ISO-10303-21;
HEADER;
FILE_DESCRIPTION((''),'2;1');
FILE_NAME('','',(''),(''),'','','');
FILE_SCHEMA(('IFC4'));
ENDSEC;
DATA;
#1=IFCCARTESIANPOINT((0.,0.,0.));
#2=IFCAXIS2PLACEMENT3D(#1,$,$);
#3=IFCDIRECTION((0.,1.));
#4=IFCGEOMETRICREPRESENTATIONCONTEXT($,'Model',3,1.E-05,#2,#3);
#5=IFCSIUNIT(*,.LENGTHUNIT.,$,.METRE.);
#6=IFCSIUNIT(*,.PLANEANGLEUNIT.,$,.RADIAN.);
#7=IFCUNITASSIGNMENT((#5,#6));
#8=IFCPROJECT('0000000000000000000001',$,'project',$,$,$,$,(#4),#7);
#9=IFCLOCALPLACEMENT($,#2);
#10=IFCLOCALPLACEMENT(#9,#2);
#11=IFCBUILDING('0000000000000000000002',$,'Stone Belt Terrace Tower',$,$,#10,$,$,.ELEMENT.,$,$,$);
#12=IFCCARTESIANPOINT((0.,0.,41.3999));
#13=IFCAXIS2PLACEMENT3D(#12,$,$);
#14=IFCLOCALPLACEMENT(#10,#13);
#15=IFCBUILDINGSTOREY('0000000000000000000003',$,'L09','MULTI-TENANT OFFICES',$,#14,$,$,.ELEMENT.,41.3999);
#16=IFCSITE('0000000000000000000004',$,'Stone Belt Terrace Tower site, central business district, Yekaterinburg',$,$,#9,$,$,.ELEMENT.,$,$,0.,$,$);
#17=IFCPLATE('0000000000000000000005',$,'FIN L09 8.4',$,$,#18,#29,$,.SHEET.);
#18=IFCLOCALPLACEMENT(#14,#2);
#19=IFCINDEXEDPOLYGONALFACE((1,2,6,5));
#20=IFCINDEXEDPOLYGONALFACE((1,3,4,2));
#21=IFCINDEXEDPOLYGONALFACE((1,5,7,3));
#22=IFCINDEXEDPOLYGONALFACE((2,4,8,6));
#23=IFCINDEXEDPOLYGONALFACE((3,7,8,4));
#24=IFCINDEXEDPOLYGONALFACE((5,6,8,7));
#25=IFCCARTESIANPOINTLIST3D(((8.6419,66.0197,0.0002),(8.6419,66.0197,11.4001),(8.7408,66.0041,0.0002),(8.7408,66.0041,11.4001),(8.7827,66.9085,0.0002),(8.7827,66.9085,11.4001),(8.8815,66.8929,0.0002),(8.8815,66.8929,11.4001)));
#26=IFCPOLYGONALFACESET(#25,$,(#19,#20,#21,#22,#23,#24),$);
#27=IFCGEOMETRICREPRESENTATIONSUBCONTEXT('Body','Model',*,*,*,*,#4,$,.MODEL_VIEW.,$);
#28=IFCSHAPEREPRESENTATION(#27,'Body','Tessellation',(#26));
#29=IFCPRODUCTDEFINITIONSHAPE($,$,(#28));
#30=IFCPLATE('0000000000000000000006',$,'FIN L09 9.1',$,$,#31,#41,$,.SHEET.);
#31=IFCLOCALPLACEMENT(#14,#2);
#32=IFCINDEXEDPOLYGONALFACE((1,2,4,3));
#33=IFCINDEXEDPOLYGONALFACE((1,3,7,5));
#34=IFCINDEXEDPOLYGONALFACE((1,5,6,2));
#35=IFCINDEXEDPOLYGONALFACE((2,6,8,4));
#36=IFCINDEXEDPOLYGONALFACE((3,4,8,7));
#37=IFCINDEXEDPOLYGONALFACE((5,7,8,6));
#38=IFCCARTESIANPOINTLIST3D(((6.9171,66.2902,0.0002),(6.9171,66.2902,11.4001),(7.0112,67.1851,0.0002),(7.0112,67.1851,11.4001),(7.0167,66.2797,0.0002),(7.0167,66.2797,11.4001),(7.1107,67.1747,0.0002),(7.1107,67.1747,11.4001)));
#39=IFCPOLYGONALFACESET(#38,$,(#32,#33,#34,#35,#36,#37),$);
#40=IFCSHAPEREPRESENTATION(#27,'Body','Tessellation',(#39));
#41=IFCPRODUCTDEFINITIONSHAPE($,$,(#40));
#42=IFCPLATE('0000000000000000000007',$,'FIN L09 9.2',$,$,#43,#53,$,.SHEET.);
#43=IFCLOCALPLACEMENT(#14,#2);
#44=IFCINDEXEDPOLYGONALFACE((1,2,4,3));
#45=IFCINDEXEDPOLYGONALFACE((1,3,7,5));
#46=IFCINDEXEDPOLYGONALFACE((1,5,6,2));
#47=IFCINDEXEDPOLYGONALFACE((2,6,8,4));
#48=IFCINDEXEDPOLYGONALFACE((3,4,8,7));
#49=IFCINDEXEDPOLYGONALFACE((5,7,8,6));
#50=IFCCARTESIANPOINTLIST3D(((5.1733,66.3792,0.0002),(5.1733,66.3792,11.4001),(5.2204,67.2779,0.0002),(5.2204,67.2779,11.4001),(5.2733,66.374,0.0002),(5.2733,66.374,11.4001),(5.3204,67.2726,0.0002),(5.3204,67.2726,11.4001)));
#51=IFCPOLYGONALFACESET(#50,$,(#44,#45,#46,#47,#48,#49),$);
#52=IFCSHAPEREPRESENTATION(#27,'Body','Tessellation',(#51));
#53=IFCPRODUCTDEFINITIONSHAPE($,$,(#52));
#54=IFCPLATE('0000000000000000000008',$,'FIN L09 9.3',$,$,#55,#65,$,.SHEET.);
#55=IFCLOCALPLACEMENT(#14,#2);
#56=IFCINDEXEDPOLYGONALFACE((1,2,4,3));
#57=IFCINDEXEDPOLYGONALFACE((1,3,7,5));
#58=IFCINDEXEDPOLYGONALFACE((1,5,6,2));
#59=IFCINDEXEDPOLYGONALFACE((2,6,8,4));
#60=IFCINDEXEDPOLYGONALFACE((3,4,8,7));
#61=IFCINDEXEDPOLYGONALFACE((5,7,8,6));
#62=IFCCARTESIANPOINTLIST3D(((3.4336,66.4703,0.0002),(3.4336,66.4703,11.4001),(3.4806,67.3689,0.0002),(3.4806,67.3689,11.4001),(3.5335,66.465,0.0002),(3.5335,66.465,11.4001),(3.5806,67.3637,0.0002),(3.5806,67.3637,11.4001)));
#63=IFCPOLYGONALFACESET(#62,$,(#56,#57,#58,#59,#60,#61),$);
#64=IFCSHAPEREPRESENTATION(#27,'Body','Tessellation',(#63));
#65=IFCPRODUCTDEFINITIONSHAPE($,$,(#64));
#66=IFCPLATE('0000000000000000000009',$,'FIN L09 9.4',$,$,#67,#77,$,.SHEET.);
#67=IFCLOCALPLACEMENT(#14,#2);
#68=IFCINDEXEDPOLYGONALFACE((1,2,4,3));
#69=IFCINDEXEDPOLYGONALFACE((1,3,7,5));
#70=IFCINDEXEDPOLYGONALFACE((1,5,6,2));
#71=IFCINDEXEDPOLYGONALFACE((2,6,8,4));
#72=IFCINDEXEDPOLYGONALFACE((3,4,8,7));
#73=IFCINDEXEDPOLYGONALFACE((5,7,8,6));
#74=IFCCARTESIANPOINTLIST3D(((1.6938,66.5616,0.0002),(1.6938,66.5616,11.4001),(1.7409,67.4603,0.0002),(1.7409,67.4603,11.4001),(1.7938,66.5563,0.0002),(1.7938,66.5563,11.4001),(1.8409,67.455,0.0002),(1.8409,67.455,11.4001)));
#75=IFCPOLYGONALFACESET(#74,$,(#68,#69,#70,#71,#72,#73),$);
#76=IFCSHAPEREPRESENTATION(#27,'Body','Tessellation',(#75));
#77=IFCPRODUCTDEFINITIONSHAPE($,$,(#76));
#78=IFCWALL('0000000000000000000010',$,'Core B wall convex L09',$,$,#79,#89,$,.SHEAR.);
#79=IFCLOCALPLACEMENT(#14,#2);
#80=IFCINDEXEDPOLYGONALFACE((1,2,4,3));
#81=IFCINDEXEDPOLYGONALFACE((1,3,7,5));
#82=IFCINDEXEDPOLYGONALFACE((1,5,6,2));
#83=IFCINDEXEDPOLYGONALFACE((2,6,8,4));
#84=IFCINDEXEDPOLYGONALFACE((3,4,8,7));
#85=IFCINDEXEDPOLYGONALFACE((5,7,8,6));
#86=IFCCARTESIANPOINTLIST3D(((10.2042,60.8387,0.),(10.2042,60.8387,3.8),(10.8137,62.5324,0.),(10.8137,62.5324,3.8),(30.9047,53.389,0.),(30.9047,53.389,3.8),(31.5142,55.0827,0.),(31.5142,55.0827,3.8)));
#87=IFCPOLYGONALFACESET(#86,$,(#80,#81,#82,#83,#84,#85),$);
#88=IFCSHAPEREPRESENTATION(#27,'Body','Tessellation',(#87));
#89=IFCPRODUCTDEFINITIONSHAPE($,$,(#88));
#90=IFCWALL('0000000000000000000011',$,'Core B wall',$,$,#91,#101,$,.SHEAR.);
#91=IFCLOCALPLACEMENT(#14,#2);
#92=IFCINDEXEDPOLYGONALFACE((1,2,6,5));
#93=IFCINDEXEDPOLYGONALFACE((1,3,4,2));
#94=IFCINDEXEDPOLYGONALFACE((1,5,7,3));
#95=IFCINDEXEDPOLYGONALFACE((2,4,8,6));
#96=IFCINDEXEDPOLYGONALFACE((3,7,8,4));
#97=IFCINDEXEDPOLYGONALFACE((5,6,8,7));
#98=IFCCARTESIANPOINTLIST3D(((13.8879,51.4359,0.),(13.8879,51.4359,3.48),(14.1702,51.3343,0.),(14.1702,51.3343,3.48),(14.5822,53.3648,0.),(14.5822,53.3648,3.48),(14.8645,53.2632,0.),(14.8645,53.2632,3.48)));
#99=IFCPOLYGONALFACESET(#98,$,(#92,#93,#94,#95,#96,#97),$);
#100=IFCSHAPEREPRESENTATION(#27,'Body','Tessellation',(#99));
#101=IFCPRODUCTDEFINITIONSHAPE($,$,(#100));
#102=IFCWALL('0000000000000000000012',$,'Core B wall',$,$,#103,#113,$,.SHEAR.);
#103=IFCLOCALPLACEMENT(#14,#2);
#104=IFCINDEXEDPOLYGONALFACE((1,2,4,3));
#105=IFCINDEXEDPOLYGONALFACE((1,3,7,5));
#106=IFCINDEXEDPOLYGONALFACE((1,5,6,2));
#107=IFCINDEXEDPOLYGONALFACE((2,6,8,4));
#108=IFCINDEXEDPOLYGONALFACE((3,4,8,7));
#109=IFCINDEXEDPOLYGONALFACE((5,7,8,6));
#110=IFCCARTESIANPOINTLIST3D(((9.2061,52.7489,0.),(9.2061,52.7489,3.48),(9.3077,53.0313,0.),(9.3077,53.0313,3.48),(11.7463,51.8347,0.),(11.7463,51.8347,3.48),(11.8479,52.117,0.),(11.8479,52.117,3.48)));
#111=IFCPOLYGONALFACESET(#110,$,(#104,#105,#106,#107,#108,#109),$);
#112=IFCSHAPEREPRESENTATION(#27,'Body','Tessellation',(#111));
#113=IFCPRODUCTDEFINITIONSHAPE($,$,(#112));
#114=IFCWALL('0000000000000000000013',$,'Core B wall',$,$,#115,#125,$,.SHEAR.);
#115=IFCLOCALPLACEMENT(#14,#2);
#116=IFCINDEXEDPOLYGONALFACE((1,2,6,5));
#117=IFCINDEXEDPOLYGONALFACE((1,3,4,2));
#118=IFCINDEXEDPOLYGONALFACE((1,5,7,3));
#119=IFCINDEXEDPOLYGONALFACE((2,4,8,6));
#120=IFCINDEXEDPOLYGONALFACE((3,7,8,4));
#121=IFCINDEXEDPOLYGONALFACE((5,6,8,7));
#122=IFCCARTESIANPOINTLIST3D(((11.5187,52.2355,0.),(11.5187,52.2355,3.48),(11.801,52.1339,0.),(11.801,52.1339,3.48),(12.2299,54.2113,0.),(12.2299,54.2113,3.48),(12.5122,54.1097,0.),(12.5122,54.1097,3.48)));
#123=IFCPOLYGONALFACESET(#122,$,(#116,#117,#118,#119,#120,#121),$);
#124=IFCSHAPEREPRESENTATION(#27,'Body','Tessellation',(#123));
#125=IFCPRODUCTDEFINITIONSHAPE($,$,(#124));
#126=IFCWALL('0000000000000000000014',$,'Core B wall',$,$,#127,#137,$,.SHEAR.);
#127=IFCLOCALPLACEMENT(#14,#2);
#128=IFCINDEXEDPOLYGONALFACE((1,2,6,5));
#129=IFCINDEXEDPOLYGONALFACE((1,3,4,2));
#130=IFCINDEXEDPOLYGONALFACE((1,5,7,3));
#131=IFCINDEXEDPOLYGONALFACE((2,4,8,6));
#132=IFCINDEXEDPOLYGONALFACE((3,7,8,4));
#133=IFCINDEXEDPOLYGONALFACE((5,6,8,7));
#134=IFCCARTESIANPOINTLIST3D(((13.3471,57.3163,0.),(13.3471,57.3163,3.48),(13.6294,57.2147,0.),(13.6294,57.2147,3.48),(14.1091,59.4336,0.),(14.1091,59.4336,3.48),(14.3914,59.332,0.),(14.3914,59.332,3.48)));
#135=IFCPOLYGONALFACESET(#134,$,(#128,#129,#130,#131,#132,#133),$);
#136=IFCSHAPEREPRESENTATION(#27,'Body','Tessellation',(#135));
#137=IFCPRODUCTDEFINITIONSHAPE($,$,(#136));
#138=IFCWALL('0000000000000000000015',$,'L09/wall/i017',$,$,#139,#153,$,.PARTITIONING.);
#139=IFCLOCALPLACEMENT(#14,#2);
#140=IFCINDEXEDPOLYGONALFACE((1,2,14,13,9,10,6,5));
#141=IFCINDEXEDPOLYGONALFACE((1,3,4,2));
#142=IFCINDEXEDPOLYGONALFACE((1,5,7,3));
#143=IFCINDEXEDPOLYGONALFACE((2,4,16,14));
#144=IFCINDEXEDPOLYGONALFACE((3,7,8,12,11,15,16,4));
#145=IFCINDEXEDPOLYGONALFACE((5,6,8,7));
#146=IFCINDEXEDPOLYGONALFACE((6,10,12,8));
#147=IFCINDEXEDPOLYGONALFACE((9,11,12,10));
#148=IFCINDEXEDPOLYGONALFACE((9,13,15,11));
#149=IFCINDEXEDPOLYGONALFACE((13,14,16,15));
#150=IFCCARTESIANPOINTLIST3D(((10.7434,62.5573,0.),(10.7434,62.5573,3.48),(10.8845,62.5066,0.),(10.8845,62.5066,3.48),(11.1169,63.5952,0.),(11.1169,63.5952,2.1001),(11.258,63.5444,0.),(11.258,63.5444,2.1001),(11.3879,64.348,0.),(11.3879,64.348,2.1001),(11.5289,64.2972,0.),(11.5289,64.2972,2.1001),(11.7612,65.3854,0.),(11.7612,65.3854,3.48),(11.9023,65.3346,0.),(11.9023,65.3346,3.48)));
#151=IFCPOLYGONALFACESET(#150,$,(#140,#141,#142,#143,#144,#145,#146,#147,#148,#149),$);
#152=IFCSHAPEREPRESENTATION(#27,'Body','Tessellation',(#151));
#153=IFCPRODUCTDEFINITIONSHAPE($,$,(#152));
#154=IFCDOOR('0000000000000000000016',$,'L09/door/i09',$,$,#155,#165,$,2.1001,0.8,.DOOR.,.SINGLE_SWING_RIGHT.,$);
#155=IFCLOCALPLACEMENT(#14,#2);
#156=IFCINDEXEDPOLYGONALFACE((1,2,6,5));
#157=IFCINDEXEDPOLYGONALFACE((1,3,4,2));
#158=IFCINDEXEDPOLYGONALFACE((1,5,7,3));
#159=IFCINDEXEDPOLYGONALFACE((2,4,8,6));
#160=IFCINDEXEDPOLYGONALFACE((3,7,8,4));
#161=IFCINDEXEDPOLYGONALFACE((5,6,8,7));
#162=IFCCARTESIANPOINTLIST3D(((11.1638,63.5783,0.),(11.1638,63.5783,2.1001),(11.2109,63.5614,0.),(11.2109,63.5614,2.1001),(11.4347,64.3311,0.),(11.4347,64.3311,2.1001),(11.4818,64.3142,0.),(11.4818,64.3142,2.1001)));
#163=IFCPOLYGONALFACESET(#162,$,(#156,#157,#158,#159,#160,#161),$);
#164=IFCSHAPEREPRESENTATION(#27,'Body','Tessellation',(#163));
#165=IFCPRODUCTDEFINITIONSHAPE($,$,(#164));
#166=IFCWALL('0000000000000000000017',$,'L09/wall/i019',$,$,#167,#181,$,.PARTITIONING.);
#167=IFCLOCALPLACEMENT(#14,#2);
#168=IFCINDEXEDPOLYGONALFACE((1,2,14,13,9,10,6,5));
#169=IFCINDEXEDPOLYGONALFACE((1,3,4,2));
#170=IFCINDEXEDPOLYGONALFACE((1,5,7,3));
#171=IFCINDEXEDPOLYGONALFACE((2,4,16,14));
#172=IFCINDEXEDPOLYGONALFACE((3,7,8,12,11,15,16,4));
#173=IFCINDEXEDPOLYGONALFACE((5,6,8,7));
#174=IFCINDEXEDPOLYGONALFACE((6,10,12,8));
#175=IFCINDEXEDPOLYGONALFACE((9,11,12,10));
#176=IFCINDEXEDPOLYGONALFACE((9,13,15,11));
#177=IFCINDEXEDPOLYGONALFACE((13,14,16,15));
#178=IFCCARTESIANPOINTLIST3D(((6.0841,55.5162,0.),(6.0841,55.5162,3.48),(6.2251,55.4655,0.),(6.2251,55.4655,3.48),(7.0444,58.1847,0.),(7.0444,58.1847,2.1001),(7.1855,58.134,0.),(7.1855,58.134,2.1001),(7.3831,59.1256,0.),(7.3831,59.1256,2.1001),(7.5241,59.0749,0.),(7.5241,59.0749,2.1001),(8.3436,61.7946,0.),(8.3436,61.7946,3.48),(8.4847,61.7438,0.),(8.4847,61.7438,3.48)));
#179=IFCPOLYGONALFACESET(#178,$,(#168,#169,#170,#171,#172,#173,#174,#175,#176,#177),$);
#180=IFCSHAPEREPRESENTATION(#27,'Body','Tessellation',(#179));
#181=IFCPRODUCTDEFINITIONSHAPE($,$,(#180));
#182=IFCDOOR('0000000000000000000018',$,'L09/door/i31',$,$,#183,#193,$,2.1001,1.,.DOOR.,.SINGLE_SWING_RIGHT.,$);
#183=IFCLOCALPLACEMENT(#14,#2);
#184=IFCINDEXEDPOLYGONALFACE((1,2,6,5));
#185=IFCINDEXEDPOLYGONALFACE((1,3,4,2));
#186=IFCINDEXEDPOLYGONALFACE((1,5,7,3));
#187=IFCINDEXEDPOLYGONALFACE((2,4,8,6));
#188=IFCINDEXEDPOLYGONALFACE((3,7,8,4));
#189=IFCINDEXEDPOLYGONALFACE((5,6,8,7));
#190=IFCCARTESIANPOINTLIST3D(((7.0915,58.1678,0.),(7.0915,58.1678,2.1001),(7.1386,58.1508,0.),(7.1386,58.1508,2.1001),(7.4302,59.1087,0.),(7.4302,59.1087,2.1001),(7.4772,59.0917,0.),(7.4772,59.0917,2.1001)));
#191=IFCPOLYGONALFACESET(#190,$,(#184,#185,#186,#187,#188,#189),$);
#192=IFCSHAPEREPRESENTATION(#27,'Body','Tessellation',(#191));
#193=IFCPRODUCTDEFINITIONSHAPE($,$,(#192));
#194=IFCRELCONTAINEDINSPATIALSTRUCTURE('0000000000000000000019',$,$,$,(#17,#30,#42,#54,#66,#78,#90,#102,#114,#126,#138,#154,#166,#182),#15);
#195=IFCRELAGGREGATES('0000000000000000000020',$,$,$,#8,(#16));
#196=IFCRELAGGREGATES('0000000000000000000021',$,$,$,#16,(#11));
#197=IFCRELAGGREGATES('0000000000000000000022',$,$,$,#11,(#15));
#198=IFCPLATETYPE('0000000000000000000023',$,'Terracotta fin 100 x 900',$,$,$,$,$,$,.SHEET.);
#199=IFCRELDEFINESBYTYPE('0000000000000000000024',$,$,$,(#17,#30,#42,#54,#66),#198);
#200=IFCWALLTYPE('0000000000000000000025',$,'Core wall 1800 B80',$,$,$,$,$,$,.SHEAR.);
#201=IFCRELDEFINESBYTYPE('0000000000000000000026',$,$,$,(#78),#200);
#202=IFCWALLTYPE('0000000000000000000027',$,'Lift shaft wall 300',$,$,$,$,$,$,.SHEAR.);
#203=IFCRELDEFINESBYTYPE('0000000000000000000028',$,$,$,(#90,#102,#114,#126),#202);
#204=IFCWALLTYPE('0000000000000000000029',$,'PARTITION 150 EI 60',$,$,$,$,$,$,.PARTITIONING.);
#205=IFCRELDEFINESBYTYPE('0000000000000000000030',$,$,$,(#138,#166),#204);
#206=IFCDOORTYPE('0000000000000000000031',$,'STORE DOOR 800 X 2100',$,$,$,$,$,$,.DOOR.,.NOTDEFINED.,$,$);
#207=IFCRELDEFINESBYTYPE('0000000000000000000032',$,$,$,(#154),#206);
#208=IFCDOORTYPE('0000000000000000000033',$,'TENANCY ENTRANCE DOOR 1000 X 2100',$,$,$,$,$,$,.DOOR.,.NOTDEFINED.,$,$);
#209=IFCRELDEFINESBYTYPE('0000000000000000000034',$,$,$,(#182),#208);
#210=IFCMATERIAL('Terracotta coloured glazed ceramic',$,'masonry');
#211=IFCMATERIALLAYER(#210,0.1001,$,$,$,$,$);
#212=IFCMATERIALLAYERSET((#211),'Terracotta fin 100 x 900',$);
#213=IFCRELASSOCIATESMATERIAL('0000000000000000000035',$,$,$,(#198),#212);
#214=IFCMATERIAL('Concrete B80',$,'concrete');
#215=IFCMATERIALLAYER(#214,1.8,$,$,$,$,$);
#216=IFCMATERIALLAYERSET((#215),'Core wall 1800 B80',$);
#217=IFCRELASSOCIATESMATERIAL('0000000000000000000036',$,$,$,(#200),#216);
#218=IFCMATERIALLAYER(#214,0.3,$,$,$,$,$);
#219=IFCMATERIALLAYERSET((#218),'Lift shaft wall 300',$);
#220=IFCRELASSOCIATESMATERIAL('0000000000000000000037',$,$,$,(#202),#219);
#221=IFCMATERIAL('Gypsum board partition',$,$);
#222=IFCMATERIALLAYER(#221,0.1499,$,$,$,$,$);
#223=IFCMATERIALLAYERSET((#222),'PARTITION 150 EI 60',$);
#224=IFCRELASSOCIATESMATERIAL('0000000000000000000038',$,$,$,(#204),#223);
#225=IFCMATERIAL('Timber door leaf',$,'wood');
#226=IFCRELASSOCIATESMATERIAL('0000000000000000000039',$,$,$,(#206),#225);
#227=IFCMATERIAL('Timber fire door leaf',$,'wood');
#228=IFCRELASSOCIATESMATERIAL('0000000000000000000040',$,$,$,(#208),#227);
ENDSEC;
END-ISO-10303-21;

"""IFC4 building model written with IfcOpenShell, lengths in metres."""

from ifc_helpers import new_model, si_unit, direction, frame, frame_2d, origin, origin_2d, place, context, subcontext, project, spatial, rectangle, extrude, material, layer, layer_set, type_object, element, fill, save


model = new_model("IFC4")

# Units and contexts
model_context = context("Model", 3, precision=1e-05, world=origin(), true_north=direction((0.0, 1.0)))
body_context = subcontext(model_context, "Body", "Model", "MODEL_VIEW")
ifc_project = project(units=[si_unit("LENGTHUNIT", "METRE"), si_unit("PLANEANGLEUNIT", "RADIAN")], contexts=[model_context])

# Site, building, storey
site_placement = place(None, origin())
site = spatial("IfcSite", under=ifc_project, at=site_placement, Name="Stone Belt Terrace Tower site, central business district, Yekaterinburg", CompositionType="ELEMENT", RefElevation=0.0)
building_placement = place(site_placement, origin())
building = spatial("IfcBuilding", under=site, at=building_placement, Name="Stone Belt Terrace Tower", CompositionType="ELEMENT")
storey_placement = place(building_placement, frame((0.0, 0.0, 41.3999)))
storey = spatial("IfcBuildingStorey", under=building, at=storey_placement, Name="L09", Description="MULTI-TENANT OFFICES", CompositionType="ELEMENT", Elevation=41.3999)

# Shared definitions
ifc_material_1 = material(Name="Concrete B80", Category="concrete")

# Plates
ifc_material_2 = material(Name="Terracotta coloured glazed ceramic", Category="masonry")
ifc_layer_1 = layer(ifc_material_2, 0.1001)
ifc_layer_set_1 = layer_set([ifc_layer_1], Name="Terracotta fin 100 x 900")
plate_type_1 = type_object("IfcPlateType", Name="Terracotta fin 100 x 900", PredefinedType="SHEET", material=ifc_layer_set_1)
for number, where, z_axis, x_axis, name in (
    (1, (8.7617, 66.4563, 0.0002), (0.0, 0.0, 1.0), (0.156434, 0.987688, 0.0), "FIN L09 8.4"),
    (2, (7.0139, 66.7324, 0.0002), (0.0, 0.0, 1.0), (0.104528, 0.994522, 0.0), "FIN L09 9.1"),
    (3, (5.2468, 66.8259, 0.0002), (0.0, 0.0, 1.0), (0.052336, 0.99863, 0.0), "FIN L09 9.2"),
    (4, (3.5071, 66.917, 0.0002), (0.0, 0.0, 1.0), (0.052336, 0.99863, 0.0), "FIN L09 9.3"),
    (5, (1.7673, 67.0083, 0.0002), (0.0, 0.0, 1.0), (0.052336, 0.99863, 0.0), "FIN L09 9.4"),
):
    element("IfcPlate", number, at=place(storey_placement, frame(where, z_axis=z_axis, x_axis=x_axis)), inside=storey, type_object=plate_type_1, Name=name, PredefinedType="SHEET", context=body_context, shape_type="SweptSolid", body=[
        extrude(rectangle(XDim=0.8999, YDim=0.1001, at=origin_2d()), origin(), (0.0, 0.0, 1.0), 11.3999),
    ])

# Walls
ifc_layer_2 = layer(ifc_material_1, 1.8)
ifc_layer_set_2 = layer_set([ifc_layer_2], Name="Core wall 1800 B80")
wall_type_1 = type_object("IfcWallType", Name="Core wall 1800 B80", PredefinedType="SHEAR", material=ifc_layer_set_2)
wall_1_placement = place(storey_placement, frame((10.509, 61.6855, 0.0), z_axis=(0.0, 0.0, 1.0), x_axis=(0.940923, -0.338621, 0.0)))
element("IfcWall", 6, at=wall_1_placement, inside=storey, type_object=wall_type_1, Name="Core B wall convex L09", PredefinedType="SHEAR", context=body_context, shape_type="SweptSolid", body=[
    extrude(rectangle(XDim=22.0002, YDim=1.8, at=frame_2d((11.0, 0.0))), origin(), (0.0, 0.0, 1.0), 3.8),
])
ifc_layer_3 = layer(ifc_material_1, 0.3)
ifc_layer_set_3 = layer_set([ifc_layer_3], Name="Lift shaft wall 300")
wall_type_2 = type_object("IfcWallType", Name="Lift shaft wall 300", PredefinedType="SHEAR", material=ifc_layer_set_3)
wall_2_placement = place(storey_placement, frame((14.0291, 51.3853, 0.0), z_axis=(0.0, 0.0, 1.0), x_axis=(0.338682, 0.940901, 0.0)))
element("IfcWall", 7, at=wall_2_placement, inside=storey, type_object=wall_type_2, Name="Core B wall", PredefinedType="SHEAR", context=body_context, shape_type="SweptSolid", body=[
    extrude(rectangle(XDim=2.05, YDim=0.3, at=frame_2d((1.0249, 0.0))), origin(), (0.0, 0.0, 1.0), 3.48),
])
wall_3_placement = place(storey_placement, frame((11.7971, 51.9758, 0.0), z_axis=(0.0, 0.0, 1.0), x_axis=(-0.94091, 0.338655, 0.0)))
element("IfcWall", 8, at=wall_3_placement, inside=storey, type_object=wall_type_2, Name="Core B wall", PredefinedType="SHEAR", context=body_context, shape_type="SweptSolid", body=[
    extrude(rectangle(XDim=2.6997, YDim=0.3, at=frame_2d((1.3499, 0.0))), origin(), (0.0, 0.0, 1.0), 3.48),
])
wall_4_placement = place(storey_placement, frame((11.6599, 52.1848, 0.0), z_axis=(0.0, 0.0, 1.0), x_axis=(0.33867, 0.940905, 0.0)))
element("IfcWall", 9, at=wall_4_placement, inside=storey, type_object=wall_type_2, Name="Core B wall", PredefinedType="SHEAR", context=body_context, shape_type="SweptSolid", body=[
    extrude(rectangle(XDim=2.0999, YDim=0.3, at=frame_2d((1.0498, 0.0))), origin(), (0.0, 0.0, 1.0), 3.48),
])
wall_5_placement = place(storey_placement, frame((13.4883, 57.2656, 0.0), z_axis=(0.0, 0.0, 1.0), x_axis=(0.338631, 0.940919, 0.0)))
element("IfcWall", 10, at=wall_5_placement, inside=storey, type_object=wall_type_2, Name="Core B wall", PredefinedType="SHEAR", context=body_context, shape_type="SweptSolid", body=[
    extrude(rectangle(XDim=2.2502, YDim=0.3, at=frame_2d((1.125, 0.0))), origin(), (0.0, 0.0, 1.0), 3.48),
])

# Walls, openings, doors
ifc_material_3 = material(Name="Gypsum board partition")
ifc_layer_4 = layer(ifc_material_3, 0.1499)
ifc_layer_set_4 = layer_set([ifc_layer_4], Name="PARTITION 150 EI 60")
wall_type_3 = type_object("IfcWallType", Name="PARTITION 150 EI 60", PredefinedType="PARTITIONING", material=ifc_layer_set_4)
wall_6_placement = place(storey_placement, frame((11.8318, 65.3601, 0.0), z_axis=(0.0, 0.0, 1.0), x_axis=(-0.33863, -0.94092, 0.0)))
wall_6 = element("IfcWall", 11, at=wall_6_placement, inside=storey, type_object=wall_type_3, Name="L09/wall/i017", PredefinedType="PARTITIONING", context=body_context, shape_type="SweptSolid", body=[
    extrude(rectangle(XDim=3.0056, YDim=0.1499, at=frame_2d((1.5029, 0.0))), origin(), (0.0, 0.0, 1.0), 3.48),
])
opening_1_placement = place(wall_6_placement, frame((1.1028, 0.0, 0.0)))
opening_1 = element("IfcOpeningElement", 12, at=opening_1_placement, cuts=wall_6, PredefinedType="OPENING", context=body_context, shape_type="SweptSolid", body=[
    extrude(rectangle(XDim=0.8, YDim=2.1001, at=frame_2d((0.3999, 1.05))), frame((0.0, 0.085, 0.0), z_axis=(0.0, -1.0, 0.0), x_axis=(1.0, 0.0, 0.0)), (0.0, 0.0, 1.0), 0.1699),
])
ifc_material_4 = material(Name="Timber door leaf", Category="wood")
door_type_1 = type_object("IfcDoorType", Name="STORE DOOR 800 X 2100", OperationType="NOTDEFINED", PredefinedType="DOOR", material=ifc_material_4)
door_1_placement = place(opening_1_placement, origin())
door_1 = element("IfcDoor", 13, at=door_1_placement, inside=storey, type_object=door_type_1, Name="L09/door/i09", OperationType="SINGLE_SWING_RIGHT", OverallHeight=2.1001, OverallWidth=0.8, PredefinedType="DOOR", context=body_context, shape_type="SweptSolid", body=[
    extrude(rectangle(XDim=0.8, YDim=2.1001, at=frame_2d((0.3999, 1.05))), frame((0.0, 0.0249, 0.0), z_axis=(0.0, -1.0, 0.0), x_axis=(1.0, 0.0, 0.0)), (0.0, 0.0, 1.0), 0.05),
])
fill(opening_1, door_1)
wall_7_placement = place(storey_placement, frame((6.1545, 55.4907, 0.0), z_axis=(0.0, 0.0, 1.0), x_axis=(0.33863, 0.94092, 0.0)))
wall_7 = element("IfcWall", 14, at=wall_7_placement, inside=storey, type_object=wall_type_3, Name="L09/wall/i019", PredefinedType="PARTITIONING", context=body_context, shape_type="SweptSolid", body=[
    extrude(rectangle(XDim=6.6726, YDim=0.1499, at=frame_2d((3.3364, 0.0))), origin(), (0.0, 0.0, 1.0), 3.48),
])
opening_2_placement = place(wall_7_placement, frame((2.8362, 0.0, 0.0)))
opening_2 = element("IfcOpeningElement", 15, at=opening_2_placement, cuts=wall_7, PredefinedType="OPENING", context=body_context, shape_type="SweptSolid", body=[
    extrude(rectangle(XDim=1.0, YDim=2.1001, at=frame_2d((0.5, 1.05))), frame((0.0, 0.085, 0.0), z_axis=(0.0, -1.0, 0.0), x_axis=(1.0, 0.0, 0.0)), (0.0, 0.0, 1.0), 0.1699),
])
ifc_material_5 = material(Name="Timber fire door leaf", Category="wood")
door_type_2 = type_object("IfcDoorType", Name="TENANCY ENTRANCE DOOR 1000 X 2100", OperationType="NOTDEFINED", PredefinedType="DOOR", material=ifc_material_5)
door_2_placement = place(opening_2_placement, origin())
door_2 = element("IfcDoor", 16, at=door_2_placement, inside=storey, type_object=door_type_2, Name="L09/door/i31", OperationType="SINGLE_SWING_RIGHT", OverallHeight=2.1001, OverallWidth=1.0, PredefinedType="DOOR", context=body_context, shape_type="SweptSolid", body=[
    extrude(rectangle(XDim=1.0, YDim=2.1001, at=frame_2d((0.5, 1.05))), frame((0.0, 0.0249, 0.0), z_axis=(0.0, -1.0, 0.0), x_axis=(1.0, 0.0, 0.0)), (0.0, 0.0, 1.0), 0.05),
])
fill(opening_2, door_2)

save(model, "model.ifc")
